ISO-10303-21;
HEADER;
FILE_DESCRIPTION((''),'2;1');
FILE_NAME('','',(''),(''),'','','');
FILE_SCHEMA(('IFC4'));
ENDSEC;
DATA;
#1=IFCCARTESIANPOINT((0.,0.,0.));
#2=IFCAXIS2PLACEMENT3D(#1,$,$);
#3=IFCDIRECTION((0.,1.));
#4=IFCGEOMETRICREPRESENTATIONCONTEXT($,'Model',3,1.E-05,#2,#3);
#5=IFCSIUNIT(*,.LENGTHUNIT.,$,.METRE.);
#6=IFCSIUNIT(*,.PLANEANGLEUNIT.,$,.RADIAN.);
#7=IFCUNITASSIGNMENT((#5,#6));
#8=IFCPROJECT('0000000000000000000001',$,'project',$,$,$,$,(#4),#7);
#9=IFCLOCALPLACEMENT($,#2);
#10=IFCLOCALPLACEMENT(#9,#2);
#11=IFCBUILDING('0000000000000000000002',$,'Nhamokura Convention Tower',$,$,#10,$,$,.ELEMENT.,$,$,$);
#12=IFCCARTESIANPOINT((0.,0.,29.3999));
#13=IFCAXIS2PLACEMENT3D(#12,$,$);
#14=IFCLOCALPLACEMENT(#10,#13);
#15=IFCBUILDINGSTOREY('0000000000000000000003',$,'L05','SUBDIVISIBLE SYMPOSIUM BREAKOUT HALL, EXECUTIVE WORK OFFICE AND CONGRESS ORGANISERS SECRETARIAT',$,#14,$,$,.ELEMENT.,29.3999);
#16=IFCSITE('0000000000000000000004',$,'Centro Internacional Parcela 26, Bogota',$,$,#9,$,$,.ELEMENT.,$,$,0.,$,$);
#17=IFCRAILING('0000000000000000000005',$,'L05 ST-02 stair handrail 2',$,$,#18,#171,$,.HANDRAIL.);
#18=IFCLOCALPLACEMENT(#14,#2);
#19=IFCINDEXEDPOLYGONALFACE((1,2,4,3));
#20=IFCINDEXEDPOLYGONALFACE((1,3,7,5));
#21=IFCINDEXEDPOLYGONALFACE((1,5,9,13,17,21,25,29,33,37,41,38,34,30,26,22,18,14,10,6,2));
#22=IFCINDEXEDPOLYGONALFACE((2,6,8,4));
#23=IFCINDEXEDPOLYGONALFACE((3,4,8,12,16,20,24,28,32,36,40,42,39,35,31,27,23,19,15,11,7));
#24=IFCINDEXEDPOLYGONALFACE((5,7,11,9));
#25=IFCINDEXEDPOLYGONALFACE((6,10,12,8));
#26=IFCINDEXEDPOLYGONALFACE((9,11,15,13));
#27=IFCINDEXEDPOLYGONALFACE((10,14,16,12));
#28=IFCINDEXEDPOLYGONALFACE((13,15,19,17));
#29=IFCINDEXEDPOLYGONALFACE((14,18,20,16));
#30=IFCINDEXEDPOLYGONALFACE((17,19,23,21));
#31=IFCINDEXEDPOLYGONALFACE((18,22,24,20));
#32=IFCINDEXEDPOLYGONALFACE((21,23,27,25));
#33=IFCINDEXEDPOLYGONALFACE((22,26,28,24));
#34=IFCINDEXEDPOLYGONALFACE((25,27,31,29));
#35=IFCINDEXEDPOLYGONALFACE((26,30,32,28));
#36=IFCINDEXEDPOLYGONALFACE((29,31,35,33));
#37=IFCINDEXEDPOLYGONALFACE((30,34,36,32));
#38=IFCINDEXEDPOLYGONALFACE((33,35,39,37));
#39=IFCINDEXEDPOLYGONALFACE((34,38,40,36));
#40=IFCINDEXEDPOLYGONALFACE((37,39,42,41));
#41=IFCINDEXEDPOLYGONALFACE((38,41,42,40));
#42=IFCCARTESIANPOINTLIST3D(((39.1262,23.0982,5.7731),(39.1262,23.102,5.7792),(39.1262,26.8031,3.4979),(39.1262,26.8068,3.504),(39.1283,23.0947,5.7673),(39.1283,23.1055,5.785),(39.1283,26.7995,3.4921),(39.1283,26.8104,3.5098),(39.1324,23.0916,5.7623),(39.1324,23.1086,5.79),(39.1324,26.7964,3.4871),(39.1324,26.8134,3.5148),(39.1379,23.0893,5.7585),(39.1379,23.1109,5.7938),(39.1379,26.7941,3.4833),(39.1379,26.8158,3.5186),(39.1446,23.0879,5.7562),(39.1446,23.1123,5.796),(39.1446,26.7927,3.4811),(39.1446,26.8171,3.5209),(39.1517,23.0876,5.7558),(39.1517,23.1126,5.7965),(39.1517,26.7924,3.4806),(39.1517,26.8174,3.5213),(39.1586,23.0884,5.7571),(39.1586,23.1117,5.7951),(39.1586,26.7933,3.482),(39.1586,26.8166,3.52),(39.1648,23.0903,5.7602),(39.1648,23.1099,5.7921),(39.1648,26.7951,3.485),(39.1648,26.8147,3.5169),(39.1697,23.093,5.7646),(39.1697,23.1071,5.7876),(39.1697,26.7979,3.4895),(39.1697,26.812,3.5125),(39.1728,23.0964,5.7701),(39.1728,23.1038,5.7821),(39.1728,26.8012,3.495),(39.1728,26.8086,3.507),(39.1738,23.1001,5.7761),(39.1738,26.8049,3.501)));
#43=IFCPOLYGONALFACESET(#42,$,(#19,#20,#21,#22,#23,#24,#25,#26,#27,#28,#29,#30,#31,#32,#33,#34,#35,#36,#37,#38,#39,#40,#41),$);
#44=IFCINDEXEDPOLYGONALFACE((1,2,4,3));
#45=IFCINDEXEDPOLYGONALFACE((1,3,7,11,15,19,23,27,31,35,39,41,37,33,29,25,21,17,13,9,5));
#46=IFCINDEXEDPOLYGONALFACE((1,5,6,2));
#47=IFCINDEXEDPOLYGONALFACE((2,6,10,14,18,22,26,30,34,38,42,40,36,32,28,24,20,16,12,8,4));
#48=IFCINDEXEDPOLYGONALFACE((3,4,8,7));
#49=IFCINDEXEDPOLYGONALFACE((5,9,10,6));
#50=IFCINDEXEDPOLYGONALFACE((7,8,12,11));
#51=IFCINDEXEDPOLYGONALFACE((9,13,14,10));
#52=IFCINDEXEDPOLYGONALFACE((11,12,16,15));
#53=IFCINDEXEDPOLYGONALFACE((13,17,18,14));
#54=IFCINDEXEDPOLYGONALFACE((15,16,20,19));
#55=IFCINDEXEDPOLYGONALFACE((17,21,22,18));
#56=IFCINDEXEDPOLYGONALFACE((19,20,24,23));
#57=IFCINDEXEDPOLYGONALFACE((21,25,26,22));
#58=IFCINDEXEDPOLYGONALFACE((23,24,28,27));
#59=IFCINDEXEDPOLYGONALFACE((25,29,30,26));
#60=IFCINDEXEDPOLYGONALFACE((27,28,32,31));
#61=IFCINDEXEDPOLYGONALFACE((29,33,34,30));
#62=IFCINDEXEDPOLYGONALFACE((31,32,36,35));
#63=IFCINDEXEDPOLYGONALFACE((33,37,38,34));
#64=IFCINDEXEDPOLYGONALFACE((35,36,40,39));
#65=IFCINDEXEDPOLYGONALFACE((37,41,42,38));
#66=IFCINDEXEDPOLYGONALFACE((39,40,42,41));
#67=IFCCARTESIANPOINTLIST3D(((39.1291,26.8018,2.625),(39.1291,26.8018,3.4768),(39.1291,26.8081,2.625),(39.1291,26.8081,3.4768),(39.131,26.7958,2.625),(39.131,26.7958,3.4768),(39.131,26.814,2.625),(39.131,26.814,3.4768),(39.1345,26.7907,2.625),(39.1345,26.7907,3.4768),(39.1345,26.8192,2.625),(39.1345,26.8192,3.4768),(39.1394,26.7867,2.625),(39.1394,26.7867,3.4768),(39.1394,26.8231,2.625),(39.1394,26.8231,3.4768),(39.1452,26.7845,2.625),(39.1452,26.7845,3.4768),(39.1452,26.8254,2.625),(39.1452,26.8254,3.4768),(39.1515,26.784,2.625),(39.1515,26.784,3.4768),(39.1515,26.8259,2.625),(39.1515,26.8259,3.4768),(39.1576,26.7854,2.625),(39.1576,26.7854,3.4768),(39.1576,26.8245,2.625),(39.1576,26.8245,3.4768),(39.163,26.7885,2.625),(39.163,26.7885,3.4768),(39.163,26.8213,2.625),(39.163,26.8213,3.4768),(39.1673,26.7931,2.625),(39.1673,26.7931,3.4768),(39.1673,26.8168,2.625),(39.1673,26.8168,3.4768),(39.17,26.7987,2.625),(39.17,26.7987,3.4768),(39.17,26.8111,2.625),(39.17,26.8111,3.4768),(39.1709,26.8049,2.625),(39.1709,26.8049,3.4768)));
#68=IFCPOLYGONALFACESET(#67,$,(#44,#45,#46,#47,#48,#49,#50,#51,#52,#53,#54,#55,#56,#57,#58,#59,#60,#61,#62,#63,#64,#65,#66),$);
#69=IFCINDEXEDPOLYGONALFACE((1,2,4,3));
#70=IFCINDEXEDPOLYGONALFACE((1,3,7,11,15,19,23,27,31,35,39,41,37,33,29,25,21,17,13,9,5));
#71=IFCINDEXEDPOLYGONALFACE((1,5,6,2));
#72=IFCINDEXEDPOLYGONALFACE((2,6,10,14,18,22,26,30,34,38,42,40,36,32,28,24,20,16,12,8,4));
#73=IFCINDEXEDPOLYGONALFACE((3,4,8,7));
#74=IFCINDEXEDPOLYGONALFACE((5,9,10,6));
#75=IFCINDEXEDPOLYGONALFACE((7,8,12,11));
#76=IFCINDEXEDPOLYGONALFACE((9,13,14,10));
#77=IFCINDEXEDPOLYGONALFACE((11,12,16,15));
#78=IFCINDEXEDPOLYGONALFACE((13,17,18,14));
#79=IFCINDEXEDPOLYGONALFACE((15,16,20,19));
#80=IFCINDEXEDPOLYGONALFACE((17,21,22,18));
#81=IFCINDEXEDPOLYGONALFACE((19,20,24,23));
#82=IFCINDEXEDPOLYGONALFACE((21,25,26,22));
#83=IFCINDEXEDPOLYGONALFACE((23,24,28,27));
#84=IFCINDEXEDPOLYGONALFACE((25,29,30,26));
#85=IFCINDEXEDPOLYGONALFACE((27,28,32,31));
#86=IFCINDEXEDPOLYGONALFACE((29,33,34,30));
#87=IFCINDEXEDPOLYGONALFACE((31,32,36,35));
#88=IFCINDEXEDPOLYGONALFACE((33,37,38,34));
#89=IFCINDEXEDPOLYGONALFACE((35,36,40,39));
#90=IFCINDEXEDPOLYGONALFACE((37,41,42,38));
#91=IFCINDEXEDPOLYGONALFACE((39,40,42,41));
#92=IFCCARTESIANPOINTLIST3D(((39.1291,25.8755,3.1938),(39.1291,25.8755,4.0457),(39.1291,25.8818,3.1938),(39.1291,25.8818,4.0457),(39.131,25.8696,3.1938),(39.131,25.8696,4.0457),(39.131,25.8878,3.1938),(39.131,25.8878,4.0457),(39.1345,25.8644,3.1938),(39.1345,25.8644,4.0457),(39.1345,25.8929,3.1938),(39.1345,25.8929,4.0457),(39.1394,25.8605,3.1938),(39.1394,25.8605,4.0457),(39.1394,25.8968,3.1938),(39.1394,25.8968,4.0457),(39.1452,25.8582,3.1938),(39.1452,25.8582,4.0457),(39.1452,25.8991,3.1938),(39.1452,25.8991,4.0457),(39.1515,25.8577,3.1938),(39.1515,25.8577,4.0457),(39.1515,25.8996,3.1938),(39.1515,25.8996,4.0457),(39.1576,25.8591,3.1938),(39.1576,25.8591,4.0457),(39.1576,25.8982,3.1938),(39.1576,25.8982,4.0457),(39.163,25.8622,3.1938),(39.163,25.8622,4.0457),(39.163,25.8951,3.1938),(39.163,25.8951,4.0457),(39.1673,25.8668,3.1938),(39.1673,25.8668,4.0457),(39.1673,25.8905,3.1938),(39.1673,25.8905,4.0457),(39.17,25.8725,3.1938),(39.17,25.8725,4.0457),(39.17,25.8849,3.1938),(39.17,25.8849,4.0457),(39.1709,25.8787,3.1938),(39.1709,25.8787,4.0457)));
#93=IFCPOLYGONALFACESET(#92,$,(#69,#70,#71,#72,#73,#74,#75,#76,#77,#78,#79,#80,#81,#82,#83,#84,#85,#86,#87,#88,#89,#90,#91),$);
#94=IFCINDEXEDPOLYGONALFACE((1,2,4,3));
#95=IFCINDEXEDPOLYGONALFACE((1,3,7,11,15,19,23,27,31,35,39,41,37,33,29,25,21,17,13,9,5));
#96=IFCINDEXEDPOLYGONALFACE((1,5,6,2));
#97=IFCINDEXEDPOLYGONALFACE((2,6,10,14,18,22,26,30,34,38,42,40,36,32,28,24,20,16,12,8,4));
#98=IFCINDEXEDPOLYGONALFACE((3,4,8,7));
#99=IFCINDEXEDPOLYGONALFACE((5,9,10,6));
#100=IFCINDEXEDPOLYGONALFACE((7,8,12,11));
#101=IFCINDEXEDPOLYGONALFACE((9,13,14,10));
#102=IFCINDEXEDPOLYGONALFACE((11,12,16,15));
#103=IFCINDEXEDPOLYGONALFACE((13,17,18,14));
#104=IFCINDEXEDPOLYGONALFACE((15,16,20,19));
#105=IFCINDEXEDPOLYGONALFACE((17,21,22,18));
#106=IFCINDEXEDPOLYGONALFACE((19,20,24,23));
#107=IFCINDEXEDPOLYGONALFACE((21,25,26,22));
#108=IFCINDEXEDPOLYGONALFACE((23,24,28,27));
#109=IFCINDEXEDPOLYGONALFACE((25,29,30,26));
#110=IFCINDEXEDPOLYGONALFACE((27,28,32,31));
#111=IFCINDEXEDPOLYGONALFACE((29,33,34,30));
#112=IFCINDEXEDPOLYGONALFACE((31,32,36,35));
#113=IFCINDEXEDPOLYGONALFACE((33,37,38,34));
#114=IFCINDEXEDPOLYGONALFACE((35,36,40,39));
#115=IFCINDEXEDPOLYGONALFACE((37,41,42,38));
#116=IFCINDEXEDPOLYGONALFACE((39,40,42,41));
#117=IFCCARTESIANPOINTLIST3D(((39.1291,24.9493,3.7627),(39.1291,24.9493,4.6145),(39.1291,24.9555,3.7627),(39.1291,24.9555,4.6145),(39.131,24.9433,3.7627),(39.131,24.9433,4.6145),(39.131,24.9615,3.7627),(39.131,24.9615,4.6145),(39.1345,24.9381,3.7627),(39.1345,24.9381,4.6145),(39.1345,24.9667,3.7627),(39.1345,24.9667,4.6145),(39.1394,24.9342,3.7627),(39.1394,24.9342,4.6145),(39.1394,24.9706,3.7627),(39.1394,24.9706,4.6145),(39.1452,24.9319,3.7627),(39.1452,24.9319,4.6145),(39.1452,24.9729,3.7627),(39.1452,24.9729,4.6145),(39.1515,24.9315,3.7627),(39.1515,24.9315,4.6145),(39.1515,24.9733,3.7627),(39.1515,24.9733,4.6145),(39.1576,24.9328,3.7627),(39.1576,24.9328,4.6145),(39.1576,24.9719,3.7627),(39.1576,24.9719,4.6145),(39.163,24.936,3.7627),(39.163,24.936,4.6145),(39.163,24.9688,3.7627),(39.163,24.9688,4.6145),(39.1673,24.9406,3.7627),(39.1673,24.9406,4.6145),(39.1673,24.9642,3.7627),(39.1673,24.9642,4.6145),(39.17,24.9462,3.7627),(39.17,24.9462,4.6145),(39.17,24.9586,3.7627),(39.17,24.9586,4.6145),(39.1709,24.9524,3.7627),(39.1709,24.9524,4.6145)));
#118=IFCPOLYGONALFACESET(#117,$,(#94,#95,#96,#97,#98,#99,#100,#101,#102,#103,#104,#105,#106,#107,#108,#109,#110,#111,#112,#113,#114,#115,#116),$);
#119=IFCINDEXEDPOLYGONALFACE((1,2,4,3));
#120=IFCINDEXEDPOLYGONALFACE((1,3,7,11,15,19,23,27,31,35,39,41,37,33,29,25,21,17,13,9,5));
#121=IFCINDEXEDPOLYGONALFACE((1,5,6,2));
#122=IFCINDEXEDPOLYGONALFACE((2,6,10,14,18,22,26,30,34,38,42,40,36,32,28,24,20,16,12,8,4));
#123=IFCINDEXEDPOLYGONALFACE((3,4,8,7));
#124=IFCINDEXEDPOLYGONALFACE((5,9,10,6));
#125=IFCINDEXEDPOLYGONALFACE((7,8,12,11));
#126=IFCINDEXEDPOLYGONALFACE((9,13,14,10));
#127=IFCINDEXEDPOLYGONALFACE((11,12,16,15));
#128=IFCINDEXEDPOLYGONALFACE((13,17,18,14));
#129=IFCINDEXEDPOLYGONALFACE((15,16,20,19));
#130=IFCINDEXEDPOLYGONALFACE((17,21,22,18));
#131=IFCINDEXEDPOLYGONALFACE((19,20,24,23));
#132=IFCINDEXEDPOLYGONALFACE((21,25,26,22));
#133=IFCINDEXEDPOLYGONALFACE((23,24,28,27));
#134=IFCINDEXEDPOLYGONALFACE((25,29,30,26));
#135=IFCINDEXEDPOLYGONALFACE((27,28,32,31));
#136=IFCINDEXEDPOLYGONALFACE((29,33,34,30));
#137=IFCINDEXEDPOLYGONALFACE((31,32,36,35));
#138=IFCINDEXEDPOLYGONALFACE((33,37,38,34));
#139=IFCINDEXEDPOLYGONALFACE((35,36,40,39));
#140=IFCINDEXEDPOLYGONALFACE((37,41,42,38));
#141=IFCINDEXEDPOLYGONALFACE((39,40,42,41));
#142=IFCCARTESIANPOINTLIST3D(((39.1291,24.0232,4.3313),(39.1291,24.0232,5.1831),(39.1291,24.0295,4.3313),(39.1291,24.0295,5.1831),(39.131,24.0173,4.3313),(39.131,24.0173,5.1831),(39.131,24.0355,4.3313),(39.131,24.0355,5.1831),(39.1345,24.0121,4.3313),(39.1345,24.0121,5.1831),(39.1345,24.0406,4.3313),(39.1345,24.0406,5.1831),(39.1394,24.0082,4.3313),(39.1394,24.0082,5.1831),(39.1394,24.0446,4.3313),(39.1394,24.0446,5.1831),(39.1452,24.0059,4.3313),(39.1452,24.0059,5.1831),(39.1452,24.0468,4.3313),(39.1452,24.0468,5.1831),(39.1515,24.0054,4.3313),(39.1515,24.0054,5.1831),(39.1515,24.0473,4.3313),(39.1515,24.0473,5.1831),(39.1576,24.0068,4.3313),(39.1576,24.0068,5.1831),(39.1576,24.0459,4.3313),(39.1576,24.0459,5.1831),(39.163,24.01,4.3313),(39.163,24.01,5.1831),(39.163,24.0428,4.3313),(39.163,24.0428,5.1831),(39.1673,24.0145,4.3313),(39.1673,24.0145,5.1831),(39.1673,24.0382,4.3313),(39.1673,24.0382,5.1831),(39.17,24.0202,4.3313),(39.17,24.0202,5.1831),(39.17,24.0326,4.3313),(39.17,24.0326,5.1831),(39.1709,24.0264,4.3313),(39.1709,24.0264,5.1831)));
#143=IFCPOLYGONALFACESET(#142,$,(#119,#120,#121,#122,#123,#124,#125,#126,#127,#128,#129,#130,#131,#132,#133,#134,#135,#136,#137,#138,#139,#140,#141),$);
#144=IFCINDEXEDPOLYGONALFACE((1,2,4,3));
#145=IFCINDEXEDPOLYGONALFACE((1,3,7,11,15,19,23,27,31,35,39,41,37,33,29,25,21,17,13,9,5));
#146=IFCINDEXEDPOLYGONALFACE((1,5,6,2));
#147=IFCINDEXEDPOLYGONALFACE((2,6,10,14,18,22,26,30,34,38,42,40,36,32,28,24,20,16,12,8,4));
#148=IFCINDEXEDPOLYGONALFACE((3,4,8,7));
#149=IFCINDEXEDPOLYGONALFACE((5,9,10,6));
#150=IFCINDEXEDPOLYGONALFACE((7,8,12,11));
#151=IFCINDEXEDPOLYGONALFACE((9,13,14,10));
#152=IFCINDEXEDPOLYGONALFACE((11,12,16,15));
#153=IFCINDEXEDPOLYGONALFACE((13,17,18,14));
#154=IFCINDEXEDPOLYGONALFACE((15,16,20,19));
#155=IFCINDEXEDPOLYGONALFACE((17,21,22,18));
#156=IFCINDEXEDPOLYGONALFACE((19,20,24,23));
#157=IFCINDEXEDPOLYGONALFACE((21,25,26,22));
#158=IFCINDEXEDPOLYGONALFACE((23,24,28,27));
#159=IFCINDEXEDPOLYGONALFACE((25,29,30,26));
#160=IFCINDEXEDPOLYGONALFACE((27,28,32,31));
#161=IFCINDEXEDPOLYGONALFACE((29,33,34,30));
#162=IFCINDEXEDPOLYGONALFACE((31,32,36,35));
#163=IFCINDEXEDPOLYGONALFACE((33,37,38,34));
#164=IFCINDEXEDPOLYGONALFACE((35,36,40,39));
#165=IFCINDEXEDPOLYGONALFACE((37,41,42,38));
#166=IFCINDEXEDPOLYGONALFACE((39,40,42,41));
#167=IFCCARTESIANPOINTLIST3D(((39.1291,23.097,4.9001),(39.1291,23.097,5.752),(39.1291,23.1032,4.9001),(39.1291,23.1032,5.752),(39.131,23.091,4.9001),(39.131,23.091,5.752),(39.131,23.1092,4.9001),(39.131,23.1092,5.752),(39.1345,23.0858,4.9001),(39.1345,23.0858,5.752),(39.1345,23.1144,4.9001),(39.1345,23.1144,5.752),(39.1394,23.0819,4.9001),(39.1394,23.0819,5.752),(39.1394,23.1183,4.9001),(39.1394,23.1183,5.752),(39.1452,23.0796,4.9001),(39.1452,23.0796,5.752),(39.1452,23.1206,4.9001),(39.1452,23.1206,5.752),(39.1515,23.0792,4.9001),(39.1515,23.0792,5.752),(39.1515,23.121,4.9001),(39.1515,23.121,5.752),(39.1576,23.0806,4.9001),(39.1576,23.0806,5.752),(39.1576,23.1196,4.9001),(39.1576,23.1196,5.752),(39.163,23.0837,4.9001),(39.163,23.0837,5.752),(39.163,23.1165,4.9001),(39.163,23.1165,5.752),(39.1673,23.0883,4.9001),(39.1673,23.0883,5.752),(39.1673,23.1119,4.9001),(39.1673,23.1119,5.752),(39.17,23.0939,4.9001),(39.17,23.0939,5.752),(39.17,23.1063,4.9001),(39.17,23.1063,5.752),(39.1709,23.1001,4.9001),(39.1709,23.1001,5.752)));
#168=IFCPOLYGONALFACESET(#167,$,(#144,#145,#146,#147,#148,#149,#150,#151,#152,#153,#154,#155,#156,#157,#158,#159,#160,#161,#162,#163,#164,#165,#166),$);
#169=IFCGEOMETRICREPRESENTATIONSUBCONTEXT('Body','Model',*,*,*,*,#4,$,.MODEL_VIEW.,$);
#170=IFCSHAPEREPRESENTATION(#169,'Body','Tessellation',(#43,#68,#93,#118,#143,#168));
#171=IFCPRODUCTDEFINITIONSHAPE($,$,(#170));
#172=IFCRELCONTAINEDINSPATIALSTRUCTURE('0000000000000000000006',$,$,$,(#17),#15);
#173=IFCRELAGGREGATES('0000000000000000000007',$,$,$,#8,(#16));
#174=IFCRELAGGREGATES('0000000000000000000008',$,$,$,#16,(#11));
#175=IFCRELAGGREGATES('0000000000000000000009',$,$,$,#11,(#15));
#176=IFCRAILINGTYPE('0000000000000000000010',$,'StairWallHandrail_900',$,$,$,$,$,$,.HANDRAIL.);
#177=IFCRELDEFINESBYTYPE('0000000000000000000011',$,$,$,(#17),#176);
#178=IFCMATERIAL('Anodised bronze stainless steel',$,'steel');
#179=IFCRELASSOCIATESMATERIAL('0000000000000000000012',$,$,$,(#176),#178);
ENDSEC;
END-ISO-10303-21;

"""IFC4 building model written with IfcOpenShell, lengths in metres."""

from ifc_helpers import new_model, si_unit, direction, frame, origin, origin_2d, place, context, subcontext, project, spatial, circle, extrude, material, type_object, element, save


model = new_model("IFC4")

# Units and contexts
model_context = context("Model", 3, precision=1e-05, world=origin(), true_north=direction((0.0, 1.0)))
body_context = subcontext(model_context, "Body", "Model", "MODEL_VIEW")
ifc_project = project(units=[si_unit("LENGTHUNIT", "METRE"), si_unit("PLANEANGLEUNIT", "RADIAN")], contexts=[model_context])

# Site, building, storey
site_placement = place(None, origin())
site = spatial("IfcSite", under=ifc_project, at=site_placement, Name="Centro Internacional Parcela 26, Bogota", CompositionType="ELEMENT", RefElevation=0.0)
building_placement = place(site_placement, origin())
building = spatial("IfcBuilding", under=site, at=building_placement, Name="Nhamokura Convention Tower", CompositionType="ELEMENT")
storey_placement = place(building_placement, frame((0.0, 0.0, 29.3999)))
storey = spatial("IfcBuildingStorey", under=building, at=storey_placement, Name="L05", Description="SUBDIVISIBLE SYMPOSIUM BREAKOUT HALL, EXECUTIVE WORK OFFICE AND CONGRESS ORGANISERS SECRETARIAT", CompositionType="ELEMENT", Elevation=29.3999)

# Railing
ifc_material_1 = material(Name="Anodised bronze stainless steel", Category="steel")
railing_type_1 = type_object("IfcRailingType", Name="StairWallHandrail_900", PredefinedType="HANDRAIL", material=ifc_material_1)
railing_1_placement = place(storey_placement, frame((39.1499, 26.8049, 2.625)))
element("IfcRailing", 1, at=railing_1_placement, inside=storey, type_object=railing_type_1, Name="L05 ST-02 stair handrail 2", PredefinedType="HANDRAIL", context=body_context, shape_type="SweptSolid", body=[
    extrude(circle(Radius=0.0239, at=origin_2d()), frame((0.0, 0.0, 0.876), z_axis=(0.0, -0.852146, 0.523305), x_axis=(1.0, 0.0, 0.0)), (0.0, 0.0, 1.0), 4.3477),
    extrude(circle(Radius=0.021, at=origin_2d()), origin(), (0.0, 0.0, 1.0), 0.8518),
    extrude(circle(Radius=0.021, at=origin_2d()), frame((0.0, -0.9263, 0.5688)), (0.0, 0.0, 1.0), 0.8518),
    extrude(circle(Radius=0.021, at=origin_2d()), frame((0.0, -1.8525, 1.1377)), (0.0, 0.0, 1.0), 0.8518),
    extrude(circle(Radius=0.021, at=origin_2d()), frame((0.0, -2.7786, 1.7063)), (0.0, 0.0, 1.0), 0.8518),
    extrude(circle(Radius=0.021, at=origin_2d()), frame((0.0, -3.7048, 2.2751)), (0.0, 0.0, 1.0), 0.8518),
])

save(model, "model.ifc")
